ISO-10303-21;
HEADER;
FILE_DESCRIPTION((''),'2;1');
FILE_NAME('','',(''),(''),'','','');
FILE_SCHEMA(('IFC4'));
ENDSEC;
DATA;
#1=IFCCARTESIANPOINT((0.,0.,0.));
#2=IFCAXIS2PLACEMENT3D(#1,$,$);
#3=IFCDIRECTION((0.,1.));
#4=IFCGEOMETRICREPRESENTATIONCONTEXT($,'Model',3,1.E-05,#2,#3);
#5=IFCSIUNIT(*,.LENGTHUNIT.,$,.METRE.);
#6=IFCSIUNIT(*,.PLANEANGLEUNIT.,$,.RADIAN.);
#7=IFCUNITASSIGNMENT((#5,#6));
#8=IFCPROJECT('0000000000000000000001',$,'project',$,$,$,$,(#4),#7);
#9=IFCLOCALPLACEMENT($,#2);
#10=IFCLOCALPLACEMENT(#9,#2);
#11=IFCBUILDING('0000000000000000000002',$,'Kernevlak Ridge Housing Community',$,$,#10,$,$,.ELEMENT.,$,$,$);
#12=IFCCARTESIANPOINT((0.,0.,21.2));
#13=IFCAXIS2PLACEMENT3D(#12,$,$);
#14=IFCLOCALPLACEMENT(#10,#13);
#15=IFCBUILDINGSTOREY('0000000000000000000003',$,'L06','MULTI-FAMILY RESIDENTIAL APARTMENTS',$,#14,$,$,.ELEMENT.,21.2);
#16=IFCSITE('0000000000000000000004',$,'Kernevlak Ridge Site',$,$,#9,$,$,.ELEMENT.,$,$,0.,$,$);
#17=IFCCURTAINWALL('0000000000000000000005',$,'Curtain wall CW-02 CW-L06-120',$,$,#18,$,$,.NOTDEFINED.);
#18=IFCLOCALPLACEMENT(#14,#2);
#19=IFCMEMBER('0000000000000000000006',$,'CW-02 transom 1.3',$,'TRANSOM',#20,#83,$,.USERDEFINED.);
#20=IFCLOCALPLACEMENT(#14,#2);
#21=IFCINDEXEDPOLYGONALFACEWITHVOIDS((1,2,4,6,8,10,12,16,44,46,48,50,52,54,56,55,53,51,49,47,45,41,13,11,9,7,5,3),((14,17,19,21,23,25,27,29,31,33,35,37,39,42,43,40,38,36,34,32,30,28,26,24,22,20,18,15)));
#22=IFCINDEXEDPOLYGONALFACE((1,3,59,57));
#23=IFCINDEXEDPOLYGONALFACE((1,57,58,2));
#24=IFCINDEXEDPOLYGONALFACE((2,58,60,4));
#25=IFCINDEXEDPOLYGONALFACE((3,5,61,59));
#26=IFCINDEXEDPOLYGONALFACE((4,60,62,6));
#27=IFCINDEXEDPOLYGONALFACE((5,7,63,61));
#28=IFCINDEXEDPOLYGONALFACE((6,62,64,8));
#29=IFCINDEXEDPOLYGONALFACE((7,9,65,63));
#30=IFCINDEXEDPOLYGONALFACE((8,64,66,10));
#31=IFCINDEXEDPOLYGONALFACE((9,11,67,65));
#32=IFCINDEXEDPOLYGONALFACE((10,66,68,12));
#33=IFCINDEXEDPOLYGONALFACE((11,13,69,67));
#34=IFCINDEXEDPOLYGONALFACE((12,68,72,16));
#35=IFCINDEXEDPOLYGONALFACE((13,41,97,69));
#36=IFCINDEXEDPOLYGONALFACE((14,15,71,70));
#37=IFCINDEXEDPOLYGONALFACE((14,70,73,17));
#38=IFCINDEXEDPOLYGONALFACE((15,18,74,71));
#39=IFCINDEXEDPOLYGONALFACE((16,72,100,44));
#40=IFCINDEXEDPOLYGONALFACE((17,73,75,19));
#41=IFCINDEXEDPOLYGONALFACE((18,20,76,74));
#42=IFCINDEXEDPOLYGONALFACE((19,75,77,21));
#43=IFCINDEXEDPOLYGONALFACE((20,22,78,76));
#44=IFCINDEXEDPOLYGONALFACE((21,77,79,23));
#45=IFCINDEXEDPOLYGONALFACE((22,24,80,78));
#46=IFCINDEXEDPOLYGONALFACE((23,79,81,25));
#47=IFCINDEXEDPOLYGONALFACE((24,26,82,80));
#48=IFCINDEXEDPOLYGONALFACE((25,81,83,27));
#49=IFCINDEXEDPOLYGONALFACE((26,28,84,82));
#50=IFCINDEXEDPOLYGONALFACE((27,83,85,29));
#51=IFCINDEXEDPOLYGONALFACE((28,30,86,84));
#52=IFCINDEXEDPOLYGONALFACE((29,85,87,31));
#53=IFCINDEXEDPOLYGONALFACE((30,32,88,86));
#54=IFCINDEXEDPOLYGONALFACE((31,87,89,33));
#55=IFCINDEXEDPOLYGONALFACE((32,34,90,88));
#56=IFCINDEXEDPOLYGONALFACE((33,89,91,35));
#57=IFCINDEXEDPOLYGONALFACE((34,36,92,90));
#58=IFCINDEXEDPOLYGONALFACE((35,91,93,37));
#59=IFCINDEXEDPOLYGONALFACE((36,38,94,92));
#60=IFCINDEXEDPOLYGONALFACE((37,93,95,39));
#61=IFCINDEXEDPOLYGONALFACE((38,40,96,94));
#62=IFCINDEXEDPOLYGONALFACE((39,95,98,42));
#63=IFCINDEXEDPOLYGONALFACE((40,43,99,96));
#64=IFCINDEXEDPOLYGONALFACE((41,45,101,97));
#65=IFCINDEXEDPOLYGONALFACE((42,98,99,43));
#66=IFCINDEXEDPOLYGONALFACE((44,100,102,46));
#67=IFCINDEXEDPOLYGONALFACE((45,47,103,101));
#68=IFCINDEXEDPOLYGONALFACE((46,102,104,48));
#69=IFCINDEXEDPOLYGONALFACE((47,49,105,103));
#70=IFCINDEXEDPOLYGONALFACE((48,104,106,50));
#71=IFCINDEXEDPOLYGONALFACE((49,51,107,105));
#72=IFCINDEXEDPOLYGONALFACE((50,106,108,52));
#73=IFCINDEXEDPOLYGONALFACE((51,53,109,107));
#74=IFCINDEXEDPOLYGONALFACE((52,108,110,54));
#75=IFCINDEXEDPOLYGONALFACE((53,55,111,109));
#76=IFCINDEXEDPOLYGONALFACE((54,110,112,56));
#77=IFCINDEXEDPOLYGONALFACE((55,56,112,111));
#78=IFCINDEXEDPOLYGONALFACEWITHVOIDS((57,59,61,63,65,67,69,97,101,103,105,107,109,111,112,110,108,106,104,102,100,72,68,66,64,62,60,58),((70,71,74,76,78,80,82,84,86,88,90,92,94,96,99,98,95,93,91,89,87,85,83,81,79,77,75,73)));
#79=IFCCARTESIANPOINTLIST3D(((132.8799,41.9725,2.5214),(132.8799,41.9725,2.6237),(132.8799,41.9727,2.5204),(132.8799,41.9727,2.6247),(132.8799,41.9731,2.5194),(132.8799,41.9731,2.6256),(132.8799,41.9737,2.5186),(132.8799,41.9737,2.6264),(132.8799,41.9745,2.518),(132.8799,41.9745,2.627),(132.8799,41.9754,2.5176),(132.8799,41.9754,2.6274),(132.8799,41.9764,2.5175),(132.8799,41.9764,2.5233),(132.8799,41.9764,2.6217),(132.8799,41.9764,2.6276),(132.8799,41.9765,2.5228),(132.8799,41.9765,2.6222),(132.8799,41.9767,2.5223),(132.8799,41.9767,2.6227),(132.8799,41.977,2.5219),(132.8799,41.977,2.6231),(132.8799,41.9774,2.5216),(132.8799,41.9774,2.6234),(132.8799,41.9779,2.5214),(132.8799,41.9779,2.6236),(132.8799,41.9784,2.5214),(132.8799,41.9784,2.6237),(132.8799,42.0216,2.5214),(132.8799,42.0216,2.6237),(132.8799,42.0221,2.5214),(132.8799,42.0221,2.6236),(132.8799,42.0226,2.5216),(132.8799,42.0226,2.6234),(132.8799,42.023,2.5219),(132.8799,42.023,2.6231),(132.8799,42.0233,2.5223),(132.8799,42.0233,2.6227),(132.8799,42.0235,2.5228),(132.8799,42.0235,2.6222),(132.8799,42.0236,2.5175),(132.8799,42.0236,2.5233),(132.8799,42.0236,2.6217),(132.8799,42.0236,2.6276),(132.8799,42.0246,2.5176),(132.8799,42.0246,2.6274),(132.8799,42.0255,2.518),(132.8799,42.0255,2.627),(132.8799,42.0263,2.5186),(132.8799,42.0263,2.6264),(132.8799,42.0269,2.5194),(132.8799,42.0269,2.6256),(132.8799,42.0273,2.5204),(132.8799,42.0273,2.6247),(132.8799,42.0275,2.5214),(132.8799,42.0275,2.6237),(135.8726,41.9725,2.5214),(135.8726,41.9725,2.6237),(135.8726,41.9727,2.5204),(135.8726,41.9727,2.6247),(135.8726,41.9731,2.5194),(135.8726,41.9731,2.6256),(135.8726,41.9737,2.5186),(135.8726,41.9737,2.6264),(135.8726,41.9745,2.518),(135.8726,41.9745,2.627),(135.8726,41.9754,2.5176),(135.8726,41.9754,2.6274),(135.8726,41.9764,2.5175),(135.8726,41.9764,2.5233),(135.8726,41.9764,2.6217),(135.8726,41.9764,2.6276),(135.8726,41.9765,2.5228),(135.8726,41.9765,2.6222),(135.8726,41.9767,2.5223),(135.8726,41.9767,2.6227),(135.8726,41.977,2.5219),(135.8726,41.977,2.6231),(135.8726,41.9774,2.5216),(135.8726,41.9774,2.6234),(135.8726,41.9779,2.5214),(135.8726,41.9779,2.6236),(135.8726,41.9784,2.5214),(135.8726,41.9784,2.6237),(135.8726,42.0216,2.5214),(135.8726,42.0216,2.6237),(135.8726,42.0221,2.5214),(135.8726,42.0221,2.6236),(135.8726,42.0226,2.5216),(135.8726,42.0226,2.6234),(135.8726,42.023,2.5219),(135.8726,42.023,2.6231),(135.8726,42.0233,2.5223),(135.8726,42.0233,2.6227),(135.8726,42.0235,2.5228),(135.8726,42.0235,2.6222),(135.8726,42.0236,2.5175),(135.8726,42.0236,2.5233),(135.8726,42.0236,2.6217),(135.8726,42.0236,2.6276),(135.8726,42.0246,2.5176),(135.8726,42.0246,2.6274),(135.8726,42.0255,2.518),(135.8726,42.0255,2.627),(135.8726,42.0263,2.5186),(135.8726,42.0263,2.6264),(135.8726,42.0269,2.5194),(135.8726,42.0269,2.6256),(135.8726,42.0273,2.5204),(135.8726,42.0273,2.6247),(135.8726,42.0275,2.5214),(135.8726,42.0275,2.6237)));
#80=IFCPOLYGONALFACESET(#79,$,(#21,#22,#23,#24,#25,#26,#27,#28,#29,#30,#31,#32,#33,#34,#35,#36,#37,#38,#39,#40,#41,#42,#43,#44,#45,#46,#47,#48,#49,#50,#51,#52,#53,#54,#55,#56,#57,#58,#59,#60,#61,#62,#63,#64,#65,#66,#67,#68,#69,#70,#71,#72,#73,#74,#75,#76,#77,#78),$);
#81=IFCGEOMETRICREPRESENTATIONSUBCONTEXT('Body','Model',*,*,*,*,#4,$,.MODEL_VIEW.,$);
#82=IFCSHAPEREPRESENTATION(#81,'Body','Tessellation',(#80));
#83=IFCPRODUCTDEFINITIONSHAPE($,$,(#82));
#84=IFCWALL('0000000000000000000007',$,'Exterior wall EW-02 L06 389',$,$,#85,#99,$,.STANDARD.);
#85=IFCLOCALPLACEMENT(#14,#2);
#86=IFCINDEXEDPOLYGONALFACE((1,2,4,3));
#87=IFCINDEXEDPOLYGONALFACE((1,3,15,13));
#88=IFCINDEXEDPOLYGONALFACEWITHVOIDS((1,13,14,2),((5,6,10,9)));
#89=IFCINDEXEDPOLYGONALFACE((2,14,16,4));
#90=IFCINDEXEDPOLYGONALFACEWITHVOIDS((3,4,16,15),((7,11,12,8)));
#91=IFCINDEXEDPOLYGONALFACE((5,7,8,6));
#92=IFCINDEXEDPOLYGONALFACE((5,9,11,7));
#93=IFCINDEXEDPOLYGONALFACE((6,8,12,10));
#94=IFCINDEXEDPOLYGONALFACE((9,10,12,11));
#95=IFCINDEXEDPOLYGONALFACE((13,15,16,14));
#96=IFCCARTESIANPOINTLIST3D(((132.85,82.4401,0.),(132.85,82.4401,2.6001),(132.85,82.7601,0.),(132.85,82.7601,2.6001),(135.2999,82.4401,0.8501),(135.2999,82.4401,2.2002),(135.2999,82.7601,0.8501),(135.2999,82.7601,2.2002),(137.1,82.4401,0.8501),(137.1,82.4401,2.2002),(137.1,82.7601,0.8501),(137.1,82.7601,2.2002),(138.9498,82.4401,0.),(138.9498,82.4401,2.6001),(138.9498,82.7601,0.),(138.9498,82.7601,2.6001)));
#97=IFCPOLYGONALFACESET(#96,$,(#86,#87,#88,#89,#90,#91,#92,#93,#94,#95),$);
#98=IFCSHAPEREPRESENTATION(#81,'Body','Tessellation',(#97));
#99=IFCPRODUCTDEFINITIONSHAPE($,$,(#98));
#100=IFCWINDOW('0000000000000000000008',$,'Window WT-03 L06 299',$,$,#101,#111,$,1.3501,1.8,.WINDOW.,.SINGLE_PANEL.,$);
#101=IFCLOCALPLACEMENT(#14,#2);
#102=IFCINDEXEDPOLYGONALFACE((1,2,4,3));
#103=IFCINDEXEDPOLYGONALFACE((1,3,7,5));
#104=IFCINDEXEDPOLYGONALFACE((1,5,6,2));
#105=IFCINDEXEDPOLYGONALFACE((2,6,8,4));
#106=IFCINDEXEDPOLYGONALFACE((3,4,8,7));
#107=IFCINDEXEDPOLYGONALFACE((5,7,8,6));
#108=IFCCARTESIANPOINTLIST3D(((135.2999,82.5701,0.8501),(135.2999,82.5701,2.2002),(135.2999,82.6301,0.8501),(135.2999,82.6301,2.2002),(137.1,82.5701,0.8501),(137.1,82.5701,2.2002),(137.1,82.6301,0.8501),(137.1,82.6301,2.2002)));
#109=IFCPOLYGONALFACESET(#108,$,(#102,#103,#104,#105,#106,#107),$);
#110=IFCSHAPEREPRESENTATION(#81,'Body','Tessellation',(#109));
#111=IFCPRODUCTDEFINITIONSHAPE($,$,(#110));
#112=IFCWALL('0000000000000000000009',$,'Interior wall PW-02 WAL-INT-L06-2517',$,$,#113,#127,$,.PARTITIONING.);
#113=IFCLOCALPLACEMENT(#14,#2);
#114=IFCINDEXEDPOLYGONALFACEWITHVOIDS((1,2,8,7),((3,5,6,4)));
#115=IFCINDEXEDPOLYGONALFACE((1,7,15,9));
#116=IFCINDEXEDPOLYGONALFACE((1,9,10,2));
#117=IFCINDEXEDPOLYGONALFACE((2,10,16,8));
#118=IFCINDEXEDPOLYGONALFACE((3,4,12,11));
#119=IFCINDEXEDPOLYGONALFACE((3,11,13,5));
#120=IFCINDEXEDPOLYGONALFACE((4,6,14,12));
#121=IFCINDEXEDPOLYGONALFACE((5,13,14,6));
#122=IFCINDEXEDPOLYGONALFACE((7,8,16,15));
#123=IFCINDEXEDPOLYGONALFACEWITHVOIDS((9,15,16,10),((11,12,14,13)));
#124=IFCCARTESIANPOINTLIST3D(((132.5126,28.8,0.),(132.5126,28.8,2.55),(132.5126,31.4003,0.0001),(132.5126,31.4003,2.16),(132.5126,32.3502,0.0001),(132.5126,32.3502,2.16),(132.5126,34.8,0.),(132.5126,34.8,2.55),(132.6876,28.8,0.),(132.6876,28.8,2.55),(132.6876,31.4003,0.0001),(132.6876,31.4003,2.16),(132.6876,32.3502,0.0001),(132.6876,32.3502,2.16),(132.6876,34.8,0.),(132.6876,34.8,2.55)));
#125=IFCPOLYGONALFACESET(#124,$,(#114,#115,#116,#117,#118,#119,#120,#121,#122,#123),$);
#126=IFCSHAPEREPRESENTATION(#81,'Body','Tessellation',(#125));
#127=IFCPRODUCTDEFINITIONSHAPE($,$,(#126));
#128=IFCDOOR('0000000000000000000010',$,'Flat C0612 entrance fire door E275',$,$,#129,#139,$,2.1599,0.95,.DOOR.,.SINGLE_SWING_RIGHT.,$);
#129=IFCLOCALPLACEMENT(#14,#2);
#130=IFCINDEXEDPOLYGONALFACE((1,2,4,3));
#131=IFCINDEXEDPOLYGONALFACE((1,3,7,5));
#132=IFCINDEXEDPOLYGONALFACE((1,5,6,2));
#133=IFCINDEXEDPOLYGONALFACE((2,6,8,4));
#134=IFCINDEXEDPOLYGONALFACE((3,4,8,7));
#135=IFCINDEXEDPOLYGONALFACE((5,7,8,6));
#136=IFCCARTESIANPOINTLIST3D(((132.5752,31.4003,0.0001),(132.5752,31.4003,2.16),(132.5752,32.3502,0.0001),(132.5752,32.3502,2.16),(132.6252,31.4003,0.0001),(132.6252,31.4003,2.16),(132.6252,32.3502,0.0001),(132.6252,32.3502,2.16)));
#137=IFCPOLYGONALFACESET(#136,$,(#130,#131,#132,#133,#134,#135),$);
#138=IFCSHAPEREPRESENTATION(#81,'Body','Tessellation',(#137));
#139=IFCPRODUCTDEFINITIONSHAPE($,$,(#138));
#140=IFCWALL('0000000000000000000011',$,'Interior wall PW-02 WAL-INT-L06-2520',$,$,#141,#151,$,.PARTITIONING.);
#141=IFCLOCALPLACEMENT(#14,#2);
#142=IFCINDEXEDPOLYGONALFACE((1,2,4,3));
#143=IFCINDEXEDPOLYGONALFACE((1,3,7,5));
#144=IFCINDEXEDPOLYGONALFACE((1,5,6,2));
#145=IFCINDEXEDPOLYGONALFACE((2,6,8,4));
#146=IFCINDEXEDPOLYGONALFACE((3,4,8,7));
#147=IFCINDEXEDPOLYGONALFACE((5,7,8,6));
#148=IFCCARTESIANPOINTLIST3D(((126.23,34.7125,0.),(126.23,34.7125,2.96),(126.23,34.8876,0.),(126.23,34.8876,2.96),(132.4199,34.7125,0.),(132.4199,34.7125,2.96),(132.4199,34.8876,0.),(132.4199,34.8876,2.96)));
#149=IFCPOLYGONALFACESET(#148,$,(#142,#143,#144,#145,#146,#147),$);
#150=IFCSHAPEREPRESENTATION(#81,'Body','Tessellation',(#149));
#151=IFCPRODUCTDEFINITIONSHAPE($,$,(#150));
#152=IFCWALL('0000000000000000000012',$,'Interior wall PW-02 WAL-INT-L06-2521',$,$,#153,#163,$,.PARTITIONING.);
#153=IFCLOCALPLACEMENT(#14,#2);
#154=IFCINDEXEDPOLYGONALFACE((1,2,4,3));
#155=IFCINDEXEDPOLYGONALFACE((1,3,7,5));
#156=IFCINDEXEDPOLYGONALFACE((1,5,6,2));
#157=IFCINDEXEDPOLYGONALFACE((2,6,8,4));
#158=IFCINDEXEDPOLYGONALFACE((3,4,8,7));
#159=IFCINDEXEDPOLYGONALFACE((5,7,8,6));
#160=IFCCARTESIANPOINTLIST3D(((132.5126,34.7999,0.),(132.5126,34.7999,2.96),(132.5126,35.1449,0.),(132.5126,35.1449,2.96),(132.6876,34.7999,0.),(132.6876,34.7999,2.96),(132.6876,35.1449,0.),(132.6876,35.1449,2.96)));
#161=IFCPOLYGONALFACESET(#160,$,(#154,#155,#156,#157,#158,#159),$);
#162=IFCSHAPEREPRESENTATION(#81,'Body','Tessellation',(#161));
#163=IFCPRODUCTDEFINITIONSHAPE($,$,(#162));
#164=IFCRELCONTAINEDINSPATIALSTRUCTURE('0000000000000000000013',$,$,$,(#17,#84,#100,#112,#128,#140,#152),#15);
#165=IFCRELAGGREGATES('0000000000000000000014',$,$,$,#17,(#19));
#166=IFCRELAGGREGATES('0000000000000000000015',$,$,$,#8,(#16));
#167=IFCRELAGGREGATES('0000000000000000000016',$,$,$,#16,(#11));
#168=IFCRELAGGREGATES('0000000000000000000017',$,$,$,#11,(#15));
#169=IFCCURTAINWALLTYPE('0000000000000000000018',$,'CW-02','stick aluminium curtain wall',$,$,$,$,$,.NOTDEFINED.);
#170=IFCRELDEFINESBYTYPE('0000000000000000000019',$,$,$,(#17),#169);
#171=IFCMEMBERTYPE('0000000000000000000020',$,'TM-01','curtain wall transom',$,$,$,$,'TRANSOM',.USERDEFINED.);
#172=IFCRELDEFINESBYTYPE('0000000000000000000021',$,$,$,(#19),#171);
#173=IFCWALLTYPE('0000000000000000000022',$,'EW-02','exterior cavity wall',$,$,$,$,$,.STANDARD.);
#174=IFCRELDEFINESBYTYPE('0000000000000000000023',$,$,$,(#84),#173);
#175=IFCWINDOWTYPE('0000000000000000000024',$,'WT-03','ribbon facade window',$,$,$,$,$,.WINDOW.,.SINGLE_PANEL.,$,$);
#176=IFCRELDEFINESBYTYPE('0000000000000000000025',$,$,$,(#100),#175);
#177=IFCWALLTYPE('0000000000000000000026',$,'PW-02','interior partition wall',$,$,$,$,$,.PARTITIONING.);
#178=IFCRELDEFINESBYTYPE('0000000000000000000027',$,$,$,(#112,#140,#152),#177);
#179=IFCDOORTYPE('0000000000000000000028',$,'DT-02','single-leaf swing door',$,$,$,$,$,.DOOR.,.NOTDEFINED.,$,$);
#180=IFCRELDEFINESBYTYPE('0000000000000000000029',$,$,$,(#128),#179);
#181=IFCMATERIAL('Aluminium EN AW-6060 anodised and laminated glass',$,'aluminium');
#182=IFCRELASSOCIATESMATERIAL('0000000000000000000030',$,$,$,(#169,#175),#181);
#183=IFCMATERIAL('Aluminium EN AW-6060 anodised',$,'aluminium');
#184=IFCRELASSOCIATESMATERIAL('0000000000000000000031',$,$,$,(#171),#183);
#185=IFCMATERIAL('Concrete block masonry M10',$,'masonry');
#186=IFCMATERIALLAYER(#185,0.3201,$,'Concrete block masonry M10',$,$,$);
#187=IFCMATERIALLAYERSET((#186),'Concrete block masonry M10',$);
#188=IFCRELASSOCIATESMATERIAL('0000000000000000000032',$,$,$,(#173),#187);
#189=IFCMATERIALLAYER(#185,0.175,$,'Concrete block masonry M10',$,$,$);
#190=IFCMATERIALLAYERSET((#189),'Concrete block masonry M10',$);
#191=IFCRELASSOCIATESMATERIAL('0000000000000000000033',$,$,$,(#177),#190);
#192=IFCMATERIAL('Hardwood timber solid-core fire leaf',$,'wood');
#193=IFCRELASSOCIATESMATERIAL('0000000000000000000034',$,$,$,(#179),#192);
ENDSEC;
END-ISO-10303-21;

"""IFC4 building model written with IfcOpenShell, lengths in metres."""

from ifc_helpers import new_model, si_unit, direction, frame, frame_2d, origin, origin_2d, place, context, subcontext, project, spatial, rectangle, hollow_rectangle, extrude, material, layer, layer_set, material_profile, profile_set, type_object, element, fill, aggregate, save


model = new_model("IFC4")

# Units and contexts
model_context = context("Model", 3, precision=1e-05, world=origin(), true_north=direction((0.0, 1.0)))
body_context = subcontext(model_context, "Body", "Model", "MODEL_VIEW")
ifc_project = project(units=[si_unit("LENGTHUNIT", "METRE"), si_unit("PLANEANGLEUNIT", "RADIAN")], contexts=[model_context])

# Site, building, storey
site_placement = place(None, origin())
site = spatial("IfcSite", under=ifc_project, at=site_placement, Name="Kernevlak Ridge Site", CompositionType="ELEMENT", RefElevation=0.0)
building_placement = place(site_placement, origin())
building = spatial("IfcBuilding", under=site, at=building_placement, Name="Kernevlak Ridge Housing Community", CompositionType="ELEMENT")
storey_placement = place(building_placement, frame((0.0, 0.0, 21.2)))
storey = spatial("IfcBuildingStorey", under=building, at=storey_placement, Name="L06", Description="MULTI-FAMILY RESIDENTIAL APARTMENTS", CompositionType="ELEMENT", Elevation=21.2)

# Curtain wall
ifc_material_1 = material(Name="Aluminium EN AW-6060 anodised and laminated glass", Category="aluminium")
curtain_wall_type = type_object("IfcCurtainWallType", Name="CW-02", Description="stick aluminium curtain wall", PredefinedType="NOTDEFINED", material=ifc_material_1)
curtain_wall_placement = place(storey_placement, origin())
curtain_wall = element("IfcCurtainWall", 1, at=curtain_wall_placement, inside=storey, type_object=curtain_wall_type, Name="Curtain wall CW-02 CW-L06-120", PredefinedType="NOTDEFINED")
ifc_material_2 = material(Name="Aluminium EN AW-6060 anodised", Category="aluminium")

# Member
ifc_material_profile_1 = material_profile(ifc_material_2, hollow_rectangle(XDim=0.0549, YDim=0.1101, WallThickness=0.0039, InnerFilletRadius=0.002, OuterFilletRadius=0.0039, at=origin_2d()), Name="ALU 55x110x4")
ifc_profile_set_1 = profile_set([ifc_material_profile_1], Name="Aluminium EN AW-6060 anodised")
member_type_1 = type_object("IfcMemberType", Name="TM-01", Description="curtain wall transom", ElementType="TRANSOM", PredefinedType="USERDEFINED", material=ifc_profile_set_1)
member_1_placement = place(storey_placement, frame((132.8799, 42.0, 2.5725), z_axis=(1.0, 0.0, 0.0), x_axis=(0.0, 1.0, 0.0)))
member_1 = element("IfcMember", 2, at=member_1_placement, type_object=member_type_1, Name="CW-02 transom 1.3", ObjectType="TRANSOM", PredefinedType="USERDEFINED", context=body_context, shape_type="SweptSolid", body=[
    extrude(hollow_rectangle(XDim=0.0549, YDim=0.1101, WallThickness=0.0039, InnerFilletRadius=0.002, OuterFilletRadius=0.0039, at=origin_2d()), origin(), (0.0, 0.0, 1.0), 2.9927),
])
aggregate(curtain_wall, [member_1])

# Wall, opening, window
ifc_material_3 = material(Name="Concrete block masonry M10", Category="masonry")
ifc_layer_1 = layer(ifc_material_3, 0.3201, Name="Concrete block masonry M10")
ifc_layer_set_1 = layer_set([ifc_layer_1], Name="Concrete block masonry M10")
wall_type_1 = type_object("IfcWallType", Name="EW-02", Description="exterior cavity wall", PredefinedType="STANDARD", material=ifc_layer_set_1)
wall_1_placement = place(storey_placement, frame((132.8501, 82.6001, 0.0), z_axis=(0.0, 0.0, 1.0), x_axis=(1.0, 0.0, 0.0)))
wall_1 = element("IfcWall", 3, at=wall_1_placement, inside=storey, type_object=wall_type_1, Name="Exterior wall EW-02 L06 389", PredefinedType="STANDARD", context=body_context, shape_type="SweptSolid", body=[
    extrude(rectangle(XDim=6.0999, YDim=0.3201, at=frame_2d((3.0498, 0.0))), origin(), (0.0, 0.0, 1.0), 2.6001),
])
opening_1_placement = place(wall_1_placement, frame((2.45, 0.0, 0.8501)))
opening_1 = element("IfcOpeningElement", 4, at=opening_1_placement, cuts=wall_1, PredefinedType="OPENING", context=body_context, shape_type="SweptSolid", body=[
    extrude(rectangle(XDim=1.8, YDim=1.3501, at=frame_2d((0.8999, 0.675))), frame((0.0, 0.1699, 0.0), z_axis=(0.0, -1.0, 0.0), x_axis=(1.0, 0.0, 0.0)), (0.0, 0.0, 1.0), 0.3401),
])
window_type = type_object("IfcWindowType", Name="WT-03", Description="ribbon facade window", PartitioningType="SINGLE_PANEL", PredefinedType="WINDOW", material=ifc_material_1)
window_placement = place(opening_1_placement, origin())
window = element("IfcWindow", 5, at=window_placement, inside=storey, type_object=window_type, Name="Window WT-03 L06 299", OverallHeight=1.3501, OverallWidth=1.8, PartitioningType="SINGLE_PANEL", PredefinedType="WINDOW", context=body_context, shape_type="SweptSolid", body=[
    extrude(rectangle(XDim=1.8, YDim=1.3501, at=frame_2d((0.8999, 0.675))), frame((0.0, 0.03, 0.0), z_axis=(0.0, -1.0, 0.0), x_axis=(1.0, 0.0, 0.0)), (0.0, 0.0, 1.0), 0.0601),
])
fill(opening_1, window)

# Wall, opening, door
ifc_layer_2 = layer(ifc_material_3, 0.175, Name="Concrete block masonry M10")
ifc_layer_set_2 = layer_set([ifc_layer_2], Name="Concrete block masonry M10")
wall_type_2 = type_object("IfcWallType", Name="PW-02", Description="interior partition wall", PredefinedType="PARTITIONING", material=ifc_layer_set_2)
wall_2_placement = place(storey_placement, frame((132.6001, 28.8, 0.0), z_axis=(0.0, 0.0, 1.0), x_axis=(0.0, 1.0, 0.0)))
wall_2 = element("IfcWall", 6, at=wall_2_placement, inside=storey, type_object=wall_type_2, Name="Interior wall PW-02 WAL-INT-L06-2517", PredefinedType="PARTITIONING", context=body_context, shape_type="SweptSolid", body=[
    extrude(rectangle(XDim=6.0, YDim=0.175, at=frame_2d((3.0, 0.0))), origin(), (0.0, 0.0, 1.0), 2.55),
])
opening_2_placement = place(wall_2_placement, frame((2.6001, 0.0, 0.0)))
opening_2 = element("IfcOpeningElement", 7, at=opening_2_placement, cuts=wall_2, PredefinedType="OPENING", context=body_context, shape_type="SweptSolid", body=[
    extrude(rectangle(XDim=0.95, YDim=2.1599, at=frame_2d((0.4751, 1.0801))), frame((0.0, 0.0974, 0.0), z_axis=(0.0, -1.0, 0.0), x_axis=(1.0, 0.0, 0.0)), (0.0, 0.0, 1.0), 0.1951),
])
ifc_material_4 = material(Name="Hardwood timber solid-core fire leaf", Category="wood")
door_type_1 = type_object("IfcDoorType", Name="DT-02", Description="single-leaf swing door", OperationType="NOTDEFINED", PredefinedType="DOOR", material=ifc_material_4)
door_1_placement = place(opening_2_placement, origin())
door_1 = element("IfcDoor", 8, at=door_1_placement, inside=storey, type_object=door_type_1, Name="Flat C0612 entrance fire door E275", OperationType="SINGLE_SWING_RIGHT", OverallHeight=2.1599, OverallWidth=0.95, PredefinedType="DOOR", context=body_context, shape_type="SweptSolid", body=[
    extrude(rectangle(XDim=0.95, YDim=2.1599, at=frame_2d((0.4751, 1.0801))), frame((0.0, 0.0249, 0.0), z_axis=(0.0, -1.0, 0.0), x_axis=(1.0, 0.0, 0.0)), (0.0, 0.0, 1.0), 0.05),
])
fill(opening_2, door_1)

# Walls
wall_3_placement = place(storey_placement, frame((132.4199, 34.8, 0.0), z_axis=(0.0, 0.0, 1.0), x_axis=(-1.0, 0.0, 0.0)))
element("IfcWall", 9, at=wall_3_placement, inside=storey, type_object=wall_type_2, Name="Interior wall PW-02 WAL-INT-L06-2520", PredefinedType="PARTITIONING", context=body_context, shape_type="SweptSolid", body=[
    extrude(rectangle(XDim=6.1899, YDim=0.175, at=frame_2d((3.095, 0.0))), origin(), (0.0, 0.0, 1.0), 2.96),
])
wall_4_placement = place(storey_placement, frame((132.6001, 34.8, 0.0), z_axis=(0.0, 0.0, 1.0), x_axis=(0.0, 1.0, 0.0)))
element("IfcWall", 10, at=wall_4_placement, inside=storey, type_object=wall_type_2, Name="Interior wall PW-02 WAL-INT-L06-2521", PredefinedType="PARTITIONING", context=body_context, shape_type="SweptSolid", body=[
    extrude(rectangle(XDim=0.345, YDim=0.175, at=frame_2d((0.1724, 0.0))), origin(), (0.0, 0.0, 1.0), 2.96),
])

save(model, "model.ifc")
